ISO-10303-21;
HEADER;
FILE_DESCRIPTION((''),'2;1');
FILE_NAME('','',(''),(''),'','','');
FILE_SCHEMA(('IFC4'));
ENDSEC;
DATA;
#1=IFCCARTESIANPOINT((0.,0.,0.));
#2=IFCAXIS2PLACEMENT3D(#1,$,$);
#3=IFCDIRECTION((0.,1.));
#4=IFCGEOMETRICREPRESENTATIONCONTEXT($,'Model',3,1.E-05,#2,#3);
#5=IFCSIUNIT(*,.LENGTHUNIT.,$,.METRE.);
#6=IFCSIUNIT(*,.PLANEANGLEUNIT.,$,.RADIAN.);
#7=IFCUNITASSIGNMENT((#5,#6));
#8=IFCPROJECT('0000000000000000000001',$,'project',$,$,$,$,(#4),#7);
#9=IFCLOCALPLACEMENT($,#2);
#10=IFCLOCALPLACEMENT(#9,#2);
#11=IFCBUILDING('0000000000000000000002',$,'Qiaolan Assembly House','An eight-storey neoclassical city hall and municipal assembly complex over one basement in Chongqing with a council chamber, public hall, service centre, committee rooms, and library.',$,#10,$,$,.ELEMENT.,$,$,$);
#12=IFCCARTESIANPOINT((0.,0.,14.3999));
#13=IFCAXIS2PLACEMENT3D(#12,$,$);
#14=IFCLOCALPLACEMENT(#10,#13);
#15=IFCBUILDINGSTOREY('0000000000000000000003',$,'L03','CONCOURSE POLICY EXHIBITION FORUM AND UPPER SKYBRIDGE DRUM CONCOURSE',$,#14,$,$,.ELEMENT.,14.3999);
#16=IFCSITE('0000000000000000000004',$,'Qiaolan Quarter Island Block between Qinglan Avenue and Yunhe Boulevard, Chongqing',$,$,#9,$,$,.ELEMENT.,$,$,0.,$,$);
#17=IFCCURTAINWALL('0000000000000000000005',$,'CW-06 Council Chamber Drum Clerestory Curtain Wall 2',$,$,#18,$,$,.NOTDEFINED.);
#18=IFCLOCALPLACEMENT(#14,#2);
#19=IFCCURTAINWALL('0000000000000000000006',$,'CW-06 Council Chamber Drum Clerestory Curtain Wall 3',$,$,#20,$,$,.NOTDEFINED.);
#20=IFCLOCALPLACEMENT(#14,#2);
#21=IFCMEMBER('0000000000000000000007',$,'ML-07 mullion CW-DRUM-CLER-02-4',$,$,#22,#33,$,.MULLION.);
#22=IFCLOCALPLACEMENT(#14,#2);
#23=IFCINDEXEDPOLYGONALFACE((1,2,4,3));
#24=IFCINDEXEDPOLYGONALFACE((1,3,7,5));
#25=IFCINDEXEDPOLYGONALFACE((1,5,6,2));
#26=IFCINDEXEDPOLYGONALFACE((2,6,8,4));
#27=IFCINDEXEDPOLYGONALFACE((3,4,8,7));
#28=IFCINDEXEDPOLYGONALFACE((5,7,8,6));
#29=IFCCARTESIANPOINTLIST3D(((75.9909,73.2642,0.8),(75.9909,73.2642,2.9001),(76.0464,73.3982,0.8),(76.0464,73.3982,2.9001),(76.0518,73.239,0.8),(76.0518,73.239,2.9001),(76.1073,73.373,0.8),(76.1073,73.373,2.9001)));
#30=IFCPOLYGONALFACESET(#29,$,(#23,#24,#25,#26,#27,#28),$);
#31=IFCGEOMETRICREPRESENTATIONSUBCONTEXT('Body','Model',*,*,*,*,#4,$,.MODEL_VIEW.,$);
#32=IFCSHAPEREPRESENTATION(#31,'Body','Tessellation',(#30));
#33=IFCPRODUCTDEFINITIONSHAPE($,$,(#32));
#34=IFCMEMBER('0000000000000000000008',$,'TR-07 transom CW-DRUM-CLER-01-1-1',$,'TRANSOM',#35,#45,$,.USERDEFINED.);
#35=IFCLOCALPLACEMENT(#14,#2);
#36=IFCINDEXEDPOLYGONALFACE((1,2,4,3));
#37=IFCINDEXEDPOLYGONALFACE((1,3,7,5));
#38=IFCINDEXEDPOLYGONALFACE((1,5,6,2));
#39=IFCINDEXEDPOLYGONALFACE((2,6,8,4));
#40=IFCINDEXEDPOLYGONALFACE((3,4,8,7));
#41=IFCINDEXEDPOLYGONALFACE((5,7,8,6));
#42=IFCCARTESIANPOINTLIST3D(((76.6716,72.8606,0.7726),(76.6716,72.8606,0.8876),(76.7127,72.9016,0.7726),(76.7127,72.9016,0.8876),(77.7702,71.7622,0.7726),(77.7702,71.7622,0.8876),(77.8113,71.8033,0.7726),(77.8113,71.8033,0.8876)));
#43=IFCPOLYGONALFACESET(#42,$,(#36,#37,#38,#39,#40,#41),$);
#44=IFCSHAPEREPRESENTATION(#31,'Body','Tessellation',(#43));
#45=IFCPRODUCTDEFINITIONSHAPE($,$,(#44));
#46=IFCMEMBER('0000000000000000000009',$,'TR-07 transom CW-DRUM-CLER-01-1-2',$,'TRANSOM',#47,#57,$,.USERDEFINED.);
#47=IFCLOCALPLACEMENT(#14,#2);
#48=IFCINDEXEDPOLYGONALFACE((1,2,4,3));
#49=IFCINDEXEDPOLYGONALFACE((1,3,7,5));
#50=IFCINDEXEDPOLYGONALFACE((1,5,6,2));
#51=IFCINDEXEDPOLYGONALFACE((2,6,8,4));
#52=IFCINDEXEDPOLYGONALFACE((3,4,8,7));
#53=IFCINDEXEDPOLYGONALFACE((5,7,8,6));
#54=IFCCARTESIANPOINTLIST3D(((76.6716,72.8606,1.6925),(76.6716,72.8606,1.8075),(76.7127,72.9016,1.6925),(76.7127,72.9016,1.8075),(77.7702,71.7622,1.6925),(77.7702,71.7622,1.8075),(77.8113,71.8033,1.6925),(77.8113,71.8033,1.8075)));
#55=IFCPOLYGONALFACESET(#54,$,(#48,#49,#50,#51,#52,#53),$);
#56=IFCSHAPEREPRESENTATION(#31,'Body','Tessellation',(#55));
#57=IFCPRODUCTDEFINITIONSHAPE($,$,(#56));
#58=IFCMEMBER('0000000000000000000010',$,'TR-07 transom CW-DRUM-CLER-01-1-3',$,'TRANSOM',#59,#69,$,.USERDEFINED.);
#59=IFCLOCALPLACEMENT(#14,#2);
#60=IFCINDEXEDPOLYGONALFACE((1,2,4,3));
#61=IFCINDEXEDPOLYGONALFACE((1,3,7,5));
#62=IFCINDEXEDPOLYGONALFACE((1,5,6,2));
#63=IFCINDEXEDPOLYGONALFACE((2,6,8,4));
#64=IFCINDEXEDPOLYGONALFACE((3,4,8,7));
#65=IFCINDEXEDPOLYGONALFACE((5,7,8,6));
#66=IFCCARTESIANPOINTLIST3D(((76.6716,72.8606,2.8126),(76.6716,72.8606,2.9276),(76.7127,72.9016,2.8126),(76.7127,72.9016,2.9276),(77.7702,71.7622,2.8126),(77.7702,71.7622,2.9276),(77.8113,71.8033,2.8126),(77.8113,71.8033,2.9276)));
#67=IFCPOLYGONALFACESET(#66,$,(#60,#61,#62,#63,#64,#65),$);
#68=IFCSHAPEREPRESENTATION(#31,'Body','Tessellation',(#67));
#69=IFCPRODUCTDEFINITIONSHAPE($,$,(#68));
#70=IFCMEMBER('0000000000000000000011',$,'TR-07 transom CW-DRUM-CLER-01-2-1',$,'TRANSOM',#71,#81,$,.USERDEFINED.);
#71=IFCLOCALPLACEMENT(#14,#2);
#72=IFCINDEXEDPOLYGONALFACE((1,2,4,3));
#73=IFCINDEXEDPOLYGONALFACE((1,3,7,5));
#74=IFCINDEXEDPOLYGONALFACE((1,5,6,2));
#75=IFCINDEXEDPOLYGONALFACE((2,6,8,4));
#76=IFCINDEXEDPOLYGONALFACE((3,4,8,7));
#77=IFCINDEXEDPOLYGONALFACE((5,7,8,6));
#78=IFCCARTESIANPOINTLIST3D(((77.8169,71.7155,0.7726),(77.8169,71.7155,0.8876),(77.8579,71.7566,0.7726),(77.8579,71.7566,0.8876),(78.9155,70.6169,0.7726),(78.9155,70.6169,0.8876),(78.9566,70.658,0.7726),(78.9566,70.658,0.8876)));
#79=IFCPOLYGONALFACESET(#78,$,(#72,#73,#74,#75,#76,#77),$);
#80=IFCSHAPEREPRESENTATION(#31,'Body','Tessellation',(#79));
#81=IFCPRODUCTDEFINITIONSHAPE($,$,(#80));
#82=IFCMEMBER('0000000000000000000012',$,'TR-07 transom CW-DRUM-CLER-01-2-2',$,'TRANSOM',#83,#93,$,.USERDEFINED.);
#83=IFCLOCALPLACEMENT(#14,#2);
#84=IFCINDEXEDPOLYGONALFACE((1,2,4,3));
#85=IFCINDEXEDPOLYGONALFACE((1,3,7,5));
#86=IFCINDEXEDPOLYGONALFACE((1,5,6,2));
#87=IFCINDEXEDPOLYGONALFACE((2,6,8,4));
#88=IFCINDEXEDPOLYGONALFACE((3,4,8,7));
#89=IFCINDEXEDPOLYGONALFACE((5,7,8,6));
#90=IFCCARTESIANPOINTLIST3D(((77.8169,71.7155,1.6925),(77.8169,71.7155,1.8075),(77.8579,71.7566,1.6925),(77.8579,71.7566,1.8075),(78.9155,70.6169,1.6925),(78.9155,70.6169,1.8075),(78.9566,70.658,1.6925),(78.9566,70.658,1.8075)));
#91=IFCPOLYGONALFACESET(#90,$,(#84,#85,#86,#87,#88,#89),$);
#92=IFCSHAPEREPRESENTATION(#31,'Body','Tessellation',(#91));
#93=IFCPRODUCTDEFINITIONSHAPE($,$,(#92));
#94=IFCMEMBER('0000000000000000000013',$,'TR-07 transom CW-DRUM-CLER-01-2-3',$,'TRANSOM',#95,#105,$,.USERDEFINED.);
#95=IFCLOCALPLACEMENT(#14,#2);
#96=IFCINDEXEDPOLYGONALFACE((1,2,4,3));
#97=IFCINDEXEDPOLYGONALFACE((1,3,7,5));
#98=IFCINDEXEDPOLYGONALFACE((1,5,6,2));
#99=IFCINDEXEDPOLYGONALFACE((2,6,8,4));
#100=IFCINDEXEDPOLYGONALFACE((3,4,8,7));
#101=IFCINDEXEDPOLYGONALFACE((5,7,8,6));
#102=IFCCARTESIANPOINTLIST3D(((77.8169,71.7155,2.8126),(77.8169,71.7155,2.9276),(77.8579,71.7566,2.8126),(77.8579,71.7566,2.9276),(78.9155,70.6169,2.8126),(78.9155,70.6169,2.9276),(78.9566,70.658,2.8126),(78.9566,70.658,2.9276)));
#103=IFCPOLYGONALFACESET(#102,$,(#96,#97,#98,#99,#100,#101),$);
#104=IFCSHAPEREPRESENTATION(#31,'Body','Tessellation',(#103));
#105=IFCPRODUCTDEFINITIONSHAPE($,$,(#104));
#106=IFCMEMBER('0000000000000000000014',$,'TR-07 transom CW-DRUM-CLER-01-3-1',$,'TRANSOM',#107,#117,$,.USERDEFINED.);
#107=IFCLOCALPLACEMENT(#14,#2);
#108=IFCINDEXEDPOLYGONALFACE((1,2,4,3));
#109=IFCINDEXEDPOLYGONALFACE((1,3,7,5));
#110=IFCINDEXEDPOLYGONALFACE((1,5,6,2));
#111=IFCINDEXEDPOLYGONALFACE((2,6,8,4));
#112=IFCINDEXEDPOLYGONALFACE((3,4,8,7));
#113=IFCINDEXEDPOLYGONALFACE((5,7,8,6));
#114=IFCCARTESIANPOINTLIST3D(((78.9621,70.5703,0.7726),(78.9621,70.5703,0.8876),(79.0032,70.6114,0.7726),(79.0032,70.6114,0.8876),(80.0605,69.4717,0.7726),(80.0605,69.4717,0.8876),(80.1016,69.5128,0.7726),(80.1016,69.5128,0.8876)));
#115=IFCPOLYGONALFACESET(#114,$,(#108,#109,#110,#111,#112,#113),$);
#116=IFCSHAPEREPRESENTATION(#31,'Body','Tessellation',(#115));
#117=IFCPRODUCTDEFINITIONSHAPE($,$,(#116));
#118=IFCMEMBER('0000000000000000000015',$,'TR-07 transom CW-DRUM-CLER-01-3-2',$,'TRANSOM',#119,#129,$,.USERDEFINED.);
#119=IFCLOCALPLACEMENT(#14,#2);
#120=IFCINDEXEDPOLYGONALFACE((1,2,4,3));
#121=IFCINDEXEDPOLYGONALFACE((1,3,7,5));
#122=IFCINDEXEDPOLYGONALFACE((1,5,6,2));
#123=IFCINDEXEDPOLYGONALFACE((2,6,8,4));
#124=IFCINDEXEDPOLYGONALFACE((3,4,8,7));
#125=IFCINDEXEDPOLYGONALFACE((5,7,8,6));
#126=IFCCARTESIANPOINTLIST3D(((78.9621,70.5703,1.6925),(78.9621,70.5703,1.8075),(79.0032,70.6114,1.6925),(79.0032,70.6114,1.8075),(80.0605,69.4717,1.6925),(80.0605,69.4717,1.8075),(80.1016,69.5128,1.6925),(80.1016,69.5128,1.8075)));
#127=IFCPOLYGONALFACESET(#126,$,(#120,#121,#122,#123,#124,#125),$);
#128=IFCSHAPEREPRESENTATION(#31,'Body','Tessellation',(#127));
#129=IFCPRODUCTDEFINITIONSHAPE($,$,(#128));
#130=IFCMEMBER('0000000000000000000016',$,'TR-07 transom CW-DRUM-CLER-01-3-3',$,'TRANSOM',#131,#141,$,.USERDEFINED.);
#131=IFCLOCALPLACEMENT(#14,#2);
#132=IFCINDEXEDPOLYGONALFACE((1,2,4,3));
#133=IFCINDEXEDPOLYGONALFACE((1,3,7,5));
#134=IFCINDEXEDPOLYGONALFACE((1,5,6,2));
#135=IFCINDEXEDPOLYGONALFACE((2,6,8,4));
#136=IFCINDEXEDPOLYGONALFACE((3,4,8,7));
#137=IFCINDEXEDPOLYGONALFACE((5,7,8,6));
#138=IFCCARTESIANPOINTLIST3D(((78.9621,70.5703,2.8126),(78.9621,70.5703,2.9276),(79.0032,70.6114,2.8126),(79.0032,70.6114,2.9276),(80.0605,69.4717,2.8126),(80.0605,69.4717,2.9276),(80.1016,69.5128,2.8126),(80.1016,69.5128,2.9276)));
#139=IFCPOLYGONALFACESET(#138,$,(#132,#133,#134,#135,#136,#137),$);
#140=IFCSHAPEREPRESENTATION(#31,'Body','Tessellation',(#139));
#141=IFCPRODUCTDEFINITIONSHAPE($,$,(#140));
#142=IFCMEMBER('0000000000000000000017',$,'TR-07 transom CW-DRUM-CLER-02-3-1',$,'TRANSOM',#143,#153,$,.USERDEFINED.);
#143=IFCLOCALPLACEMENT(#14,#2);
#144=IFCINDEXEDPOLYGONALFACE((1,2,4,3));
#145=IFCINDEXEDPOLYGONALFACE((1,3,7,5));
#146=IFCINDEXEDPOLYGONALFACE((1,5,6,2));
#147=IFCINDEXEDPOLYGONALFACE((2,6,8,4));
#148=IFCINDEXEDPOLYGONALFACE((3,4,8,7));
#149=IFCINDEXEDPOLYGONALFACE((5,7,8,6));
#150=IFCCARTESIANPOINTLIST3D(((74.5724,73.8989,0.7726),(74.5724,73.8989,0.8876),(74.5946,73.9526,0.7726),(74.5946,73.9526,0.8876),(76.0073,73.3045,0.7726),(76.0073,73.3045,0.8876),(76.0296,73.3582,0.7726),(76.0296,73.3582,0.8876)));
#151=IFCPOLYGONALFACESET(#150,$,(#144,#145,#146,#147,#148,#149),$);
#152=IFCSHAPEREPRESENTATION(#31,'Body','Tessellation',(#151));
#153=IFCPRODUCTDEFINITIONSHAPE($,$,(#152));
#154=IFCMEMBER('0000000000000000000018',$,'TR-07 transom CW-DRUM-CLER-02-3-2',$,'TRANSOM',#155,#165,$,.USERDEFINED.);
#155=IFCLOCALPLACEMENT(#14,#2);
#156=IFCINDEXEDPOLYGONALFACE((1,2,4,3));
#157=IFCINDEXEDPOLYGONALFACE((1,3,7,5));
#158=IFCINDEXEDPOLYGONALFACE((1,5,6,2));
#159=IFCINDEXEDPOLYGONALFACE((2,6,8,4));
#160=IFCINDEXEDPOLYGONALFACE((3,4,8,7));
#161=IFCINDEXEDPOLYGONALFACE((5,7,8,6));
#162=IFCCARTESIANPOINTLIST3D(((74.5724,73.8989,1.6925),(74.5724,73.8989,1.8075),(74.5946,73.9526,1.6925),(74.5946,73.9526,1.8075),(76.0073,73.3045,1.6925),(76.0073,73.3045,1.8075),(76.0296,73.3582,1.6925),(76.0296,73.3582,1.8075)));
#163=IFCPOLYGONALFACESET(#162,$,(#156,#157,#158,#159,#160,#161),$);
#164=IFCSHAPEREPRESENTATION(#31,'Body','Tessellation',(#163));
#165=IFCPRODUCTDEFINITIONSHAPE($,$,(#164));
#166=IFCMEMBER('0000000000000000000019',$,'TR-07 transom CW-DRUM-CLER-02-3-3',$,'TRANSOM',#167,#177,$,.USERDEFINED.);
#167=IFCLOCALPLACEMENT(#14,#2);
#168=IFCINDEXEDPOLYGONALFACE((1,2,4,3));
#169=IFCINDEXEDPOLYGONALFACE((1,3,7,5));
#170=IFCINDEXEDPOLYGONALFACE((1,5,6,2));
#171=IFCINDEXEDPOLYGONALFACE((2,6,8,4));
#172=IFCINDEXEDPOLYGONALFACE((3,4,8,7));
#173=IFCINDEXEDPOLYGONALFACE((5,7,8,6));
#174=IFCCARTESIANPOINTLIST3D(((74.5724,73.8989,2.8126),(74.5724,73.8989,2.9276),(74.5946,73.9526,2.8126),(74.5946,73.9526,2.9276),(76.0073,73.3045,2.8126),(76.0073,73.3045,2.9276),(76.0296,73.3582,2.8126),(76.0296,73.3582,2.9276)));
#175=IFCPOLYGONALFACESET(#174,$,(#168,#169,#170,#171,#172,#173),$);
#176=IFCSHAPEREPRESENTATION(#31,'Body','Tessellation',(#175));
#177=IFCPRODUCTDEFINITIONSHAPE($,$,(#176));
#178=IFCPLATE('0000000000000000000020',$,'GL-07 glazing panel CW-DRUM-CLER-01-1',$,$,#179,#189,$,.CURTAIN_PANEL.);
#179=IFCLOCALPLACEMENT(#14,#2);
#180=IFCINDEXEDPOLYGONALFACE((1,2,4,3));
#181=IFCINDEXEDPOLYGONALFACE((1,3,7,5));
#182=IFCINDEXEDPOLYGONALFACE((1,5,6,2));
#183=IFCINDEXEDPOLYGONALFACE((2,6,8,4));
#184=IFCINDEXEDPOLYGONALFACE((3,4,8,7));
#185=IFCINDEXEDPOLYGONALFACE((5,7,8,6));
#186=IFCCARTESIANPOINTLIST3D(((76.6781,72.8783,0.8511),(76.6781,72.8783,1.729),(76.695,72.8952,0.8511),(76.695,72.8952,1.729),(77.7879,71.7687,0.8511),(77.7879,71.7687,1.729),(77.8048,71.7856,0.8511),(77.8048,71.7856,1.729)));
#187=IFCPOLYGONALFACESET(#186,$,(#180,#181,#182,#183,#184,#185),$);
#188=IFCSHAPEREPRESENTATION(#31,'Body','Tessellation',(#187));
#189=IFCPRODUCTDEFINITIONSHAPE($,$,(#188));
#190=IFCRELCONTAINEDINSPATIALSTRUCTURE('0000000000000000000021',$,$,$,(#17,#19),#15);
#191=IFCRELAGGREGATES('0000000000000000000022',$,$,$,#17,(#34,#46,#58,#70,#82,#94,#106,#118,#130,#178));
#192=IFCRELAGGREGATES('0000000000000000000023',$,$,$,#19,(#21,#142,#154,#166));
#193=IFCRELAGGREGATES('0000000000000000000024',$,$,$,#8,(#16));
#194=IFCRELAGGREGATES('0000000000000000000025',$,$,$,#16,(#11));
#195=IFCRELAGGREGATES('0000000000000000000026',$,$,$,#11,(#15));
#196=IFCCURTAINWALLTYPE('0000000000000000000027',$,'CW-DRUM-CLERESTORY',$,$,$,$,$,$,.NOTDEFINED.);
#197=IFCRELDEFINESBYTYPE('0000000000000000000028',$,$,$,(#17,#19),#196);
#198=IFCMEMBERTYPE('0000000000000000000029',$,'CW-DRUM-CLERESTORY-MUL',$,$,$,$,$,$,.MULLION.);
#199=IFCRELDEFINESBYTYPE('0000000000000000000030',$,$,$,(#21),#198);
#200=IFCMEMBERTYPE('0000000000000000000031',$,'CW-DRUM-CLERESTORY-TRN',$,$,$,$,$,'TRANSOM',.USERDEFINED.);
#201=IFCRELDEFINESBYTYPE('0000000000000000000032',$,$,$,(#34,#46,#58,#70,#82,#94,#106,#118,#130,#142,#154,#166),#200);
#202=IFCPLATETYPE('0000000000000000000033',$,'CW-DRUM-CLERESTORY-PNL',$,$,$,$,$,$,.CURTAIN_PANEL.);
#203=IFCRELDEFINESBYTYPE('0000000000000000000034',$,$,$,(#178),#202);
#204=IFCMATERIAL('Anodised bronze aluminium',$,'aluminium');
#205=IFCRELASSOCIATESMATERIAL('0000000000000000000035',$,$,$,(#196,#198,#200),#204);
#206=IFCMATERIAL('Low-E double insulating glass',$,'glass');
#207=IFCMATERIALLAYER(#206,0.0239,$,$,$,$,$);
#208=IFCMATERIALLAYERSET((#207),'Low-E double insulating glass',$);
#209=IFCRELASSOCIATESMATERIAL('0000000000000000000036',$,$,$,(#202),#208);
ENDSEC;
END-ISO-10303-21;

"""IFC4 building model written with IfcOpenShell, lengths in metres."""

from ifc_helpers import new_model, si_unit, direction, frame, frame_2d, origin, origin_2d, place, context, subcontext, project, spatial, rectangle, extrude, material, layer, layer_set, material_profile, profile_set, type_object, element, aggregate, save


model = new_model("IFC4")

# Units and contexts
model_context = context("Model", 3, precision=1e-05, world=origin(), true_north=direction((0.0, 1.0)))
body_context = subcontext(model_context, "Body", "Model", "MODEL_VIEW")
ifc_project = project(units=[si_unit("LENGTHUNIT", "METRE"), si_unit("PLANEANGLEUNIT", "RADIAN")], contexts=[model_context])

# Site, building, storey
site_placement = place(None, origin())
site = spatial("IfcSite", under=ifc_project, at=site_placement, Name="Qiaolan Quarter Island Block between Qinglan Avenue and Yunhe Boulevard, Chongqing", CompositionType="ELEMENT", RefElevation=0.0)
building_placement = place(site_placement, origin())
building = spatial("IfcBuilding", under=site, at=building_placement, Name="Qiaolan Assembly House", Description="An eight-storey neoclassical city hall and municipal assembly complex over one basement in Chongqing with a council chamber, public hall, service centre, committee rooms, and library.", CompositionType="ELEMENT")
storey_placement = place(building_placement, frame((0.0, 0.0, 14.3999)))
storey = spatial("IfcBuildingStorey", under=building, at=storey_placement, Name="L03", Description="CONCOURSE POLICY EXHIBITION FORUM AND UPPER SKYBRIDGE DRUM CONCOURSE", CompositionType="ELEMENT", Elevation=14.3999)

# Curtain walls, member
ifc_material_1 = material(Name="Anodised bronze aluminium", Category="aluminium")
curtain_wall_type = type_object("IfcCurtainWallType", Name="CW-DRUM-CLERESTORY", PredefinedType="NOTDEFINED", material=ifc_material_1)
curtain_wall_1_placement = place(storey_placement, origin())
curtain_wall_1 = element("IfcCurtainWall", 1, at=curtain_wall_1_placement, inside=storey, type_object=curtain_wall_type, Name="CW-06 Council Chamber Drum Clerestory Curtain Wall 2", PredefinedType="NOTDEFINED")
ifc_material_profile_1 = material_profile(ifc_material_1, rectangle(XDim=0.0659, YDim=0.145, at=origin_2d()), Name="MUL 66x145")
ifc_profile_set_1 = profile_set([ifc_material_profile_1], Name="Anodised bronze aluminium")
member_type_1 = type_object("IfcMemberType", Name="CW-DRUM-CLERESTORY-MUL", PredefinedType="MULLION", material=ifc_profile_set_1)
curtain_wall_2_placement = place(storey_placement, origin())
curtain_wall_2 = element("IfcCurtainWall", 2, at=curtain_wall_2_placement, inside=storey, type_object=curtain_wall_type, Name="CW-06 Council Chamber Drum Clerestory Curtain Wall 3", PredefinedType="NOTDEFINED")
member_1_placement = place(storey_placement, frame((76.0491, 73.3186, 0.8), z_axis=(0.0, 0.0, 1.0), x_axis=(0.92388, -0.382683, 0.0)))
member_1 = element("IfcMember", 3, at=member_1_placement, type_object=member_type_1, Name="ML-07 mullion CW-DRUM-CLER-02-4", PredefinedType="MULLION", context=body_context, shape_type="SweptSolid", body=[
    extrude(rectangle(XDim=0.0659, YDim=0.145, at=origin_2d()), origin(), (0.0, 0.0, 1.0), 2.1001),
])

# Members
ifc_material_profile_2 = material_profile(ifc_material_1, rectangle(XDim=0.0581, YDim=0.115, at=origin_2d()), Name="TRN 58x115")
ifc_profile_set_2 = profile_set([ifc_material_profile_2], Name="Anodised bronze aluminium")
member_type_2 = type_object("IfcMemberType", Name="CW-DRUM-CLERESTORY-TRN", ElementType="TRANSOM", PredefinedType="USERDEFINED", material=ifc_profile_set_2)
member_2_placement = place(storey_placement, frame((76.6921, 72.8811, 0.8301), z_axis=(0.707185, -0.707028, 0.0), x_axis=(0.707028, 0.707185, 0.0)))
member_2 = element("IfcMember", 4, at=member_2_placement, type_object=member_type_2, Name="TR-07 transom CW-DRUM-CLER-01-1-1", ObjectType="TRANSOM", PredefinedType="USERDEFINED", context=body_context, shape_type="SweptSolid", body=[
    extrude(rectangle(XDim=0.0581, YDim=0.115, at=origin_2d()), origin(), (0.0, 0.0, 1.0), 1.5535),
])
member_3_placement = place(storey_placement, frame((76.6921, 72.8811, 1.75), z_axis=(0.707185, -0.707028, 0.0), x_axis=(0.707028, 0.707185, 0.0)))
member_3 = element("IfcMember", 5, at=member_3_placement, type_object=member_type_2, Name="TR-07 transom CW-DRUM-CLER-01-1-2", ObjectType="TRANSOM", PredefinedType="USERDEFINED", context=body_context, shape_type="SweptSolid", body=[
    extrude(rectangle(XDim=0.0581, YDim=0.115, at=origin_2d()), origin(), (0.0, 0.0, 1.0), 1.5535),
])
member_4_placement = place(storey_placement, frame((76.6921, 72.8811, 2.8701), z_axis=(0.707185, -0.707028, 0.0), x_axis=(0.707028, 0.707185, 0.0)))
member_4 = element("IfcMember", 6, at=member_4_placement, type_object=member_type_2, Name="TR-07 transom CW-DRUM-CLER-01-1-3", ObjectType="TRANSOM", PredefinedType="USERDEFINED", context=body_context, shape_type="SweptSolid", body=[
    extrude(rectangle(XDim=0.0581, YDim=0.115, at=origin_2d()), origin(), (0.0, 0.0, 1.0), 1.5535),
])
member_5_placement = place(storey_placement, frame((77.8374, 71.7361, 0.8301), z_axis=(0.707107, -0.707107, 0.0), x_axis=(0.707107, 0.707107, 0.0)))
member_5 = element("IfcMember", 7, at=member_5_placement, type_object=member_type_2, Name="TR-07 transom CW-DRUM-CLER-01-2-1", ObjectType="TRANSOM", PredefinedType="USERDEFINED", context=body_context, shape_type="SweptSolid", body=[
    extrude(rectangle(XDim=0.0581, YDim=0.115, at=origin_2d()), origin(), (0.0, 0.0, 1.0), 1.5537),
])
member_6_placement = place(storey_placement, frame((77.8374, 71.7361, 1.75), z_axis=(0.707107, -0.707107, 0.0), x_axis=(0.707107, 0.707107, 0.0)))
member_6 = element("IfcMember", 8, at=member_6_placement, type_object=member_type_2, Name="TR-07 transom CW-DRUM-CLER-01-2-2", ObjectType="TRANSOM", PredefinedType="USERDEFINED", context=body_context, shape_type="SweptSolid", body=[
    extrude(rectangle(XDim=0.0581, YDim=0.115, at=origin_2d()), origin(), (0.0, 0.0, 1.0), 1.5537),
])
member_7_placement = place(storey_placement, frame((77.8374, 71.7361, 2.8701), z_axis=(0.707107, -0.707107, 0.0), x_axis=(0.707107, 0.707107, 0.0)))
member_7 = element("IfcMember", 9, at=member_7_placement, type_object=member_type_2, Name="TR-07 transom CW-DRUM-CLER-01-2-3", ObjectType="TRANSOM", PredefinedType="USERDEFINED", context=body_context, shape_type="SweptSolid", body=[
    extrude(rectangle(XDim=0.0581, YDim=0.115, at=origin_2d()), origin(), (0.0, 0.0, 1.0), 1.5537),
])
member_8_placement = place(storey_placement, frame((78.9827, 70.5908, 0.8301), z_axis=(0.707028, -0.707185, 0.0), x_axis=(0.707185, 0.707028, 0.0)))
member_8 = element("IfcMember", 10, at=member_8_placement, type_object=member_type_2, Name="TR-07 transom CW-DRUM-CLER-01-3-1", ObjectType="TRANSOM", PredefinedType="USERDEFINED", context=body_context, shape_type="SweptSolid", body=[
    extrude(rectangle(XDim=0.0581, YDim=0.115, at=origin_2d()), origin(), (0.0, 0.0, 1.0), 1.5535),
])
member_9_placement = place(storey_placement, frame((78.9827, 70.5908, 1.75), z_axis=(0.707028, -0.707185, 0.0), x_axis=(0.707185, 0.707028, 0.0)))
member_9 = element("IfcMember", 11, at=member_9_placement, type_object=member_type_2, Name="TR-07 transom CW-DRUM-CLER-01-3-2", ObjectType="TRANSOM", PredefinedType="USERDEFINED", context=body_context, shape_type="SweptSolid", body=[
    extrude(rectangle(XDim=0.0581, YDim=0.115, at=origin_2d()), origin(), (0.0, 0.0, 1.0), 1.5535),
])
member_10_placement = place(storey_placement, frame((78.9827, 70.5908, 2.8701), z_axis=(0.707028, -0.707185, 0.0), x_axis=(0.707185, 0.707028, 0.0)))
member_10 = element("IfcMember", 12, at=member_10_placement, type_object=member_type_2, Name="TR-07 transom CW-DRUM-CLER-01-3-3", ObjectType="TRANSOM", PredefinedType="USERDEFINED", context=body_context, shape_type="SweptSolid", body=[
    extrude(rectangle(XDim=0.0581, YDim=0.115, at=origin_2d()), origin(), (0.0, 0.0, 1.0), 1.5535),
])
member_11_placement = place(storey_placement, frame((74.5835, 73.9258, 0.8301), z_axis=(0.923865, -0.382717, 0.0), x_axis=(0.382717, 0.923865, 0.0)))
member_11 = element("IfcMember", 13, at=member_11_placement, type_object=member_type_2, Name="TR-07 transom CW-DRUM-CLER-02-3-1", ObjectType="TRANSOM", PredefinedType="USERDEFINED", context=body_context, shape_type="SweptSolid", body=[
    extrude(rectangle(XDim=0.0581, YDim=0.115, at=origin_2d()), origin(), (0.0, 0.0, 1.0), 1.5532),
])
member_12_placement = place(storey_placement, frame((74.5835, 73.9258, 1.75), z_axis=(0.923865, -0.382717, 0.0), x_axis=(0.382717, 0.923865, 0.0)))
member_12 = element("IfcMember", 14, at=member_12_placement, type_object=member_type_2, Name="TR-07 transom CW-DRUM-CLER-02-3-2", ObjectType="TRANSOM", PredefinedType="USERDEFINED", context=body_context, shape_type="SweptSolid", body=[
    extrude(rectangle(XDim=0.0581, YDim=0.115, at=origin_2d()), origin(), (0.0, 0.0, 1.0), 1.5532),
])
member_13_placement = place(storey_placement, frame((74.5835, 73.9258, 2.8701), z_axis=(0.923865, -0.382717, 0.0), x_axis=(0.382717, 0.923865, 0.0)))
member_13 = element("IfcMember", 15, at=member_13_placement, type_object=member_type_2, Name="TR-07 transom CW-DRUM-CLER-02-3-3", ObjectType="TRANSOM", PredefinedType="USERDEFINED", context=body_context, shape_type="SweptSolid", body=[
    extrude(rectangle(XDim=0.0581, YDim=0.115, at=origin_2d()), origin(), (0.0, 0.0, 1.0), 1.5532),
])

# Plate
ifc_material_2 = material(Name="Low-E double insulating glass", Category="glass")
ifc_layer_1 = layer(ifc_material_2, 0.0239)
ifc_layer_set_1 = layer_set([ifc_layer_1], Name="Low-E double insulating glass")
plate_type = type_object("IfcPlateType", Name="CW-DRUM-CLERESTORY-PNL", PredefinedType="CURTAIN_PANEL", material=ifc_layer_set_1)
plate_1_placement = place(storey_placement, frame((76.6865, 72.8867, 0.8511), z_axis=(0.0, 0.0, 1.0), x_axis=(0.707185, -0.707029, 0.0)))
plate_1 = element("IfcPlate", 16, at=plate_1_placement, type_object=plate_type, Name="GL-07 glazing panel CW-DRUM-CLER-01-1", PredefinedType="CURTAIN_PANEL", context=body_context, shape_type="SweptSolid", body=[
    extrude(rectangle(XDim=1.5693, YDim=0.0239, at=frame_2d((0.7847, 0.0))), origin(), (0.0, 0.0, 1.0), 0.8779),
])
aggregate(curtain_wall_1, [member_2, member_3, member_4, member_5, member_6, member_7, member_8, member_9, member_10, plate_1])
aggregate(curtain_wall_2, [member_1, member_11, member_12, member_13])

save(model, "model.ifc")
